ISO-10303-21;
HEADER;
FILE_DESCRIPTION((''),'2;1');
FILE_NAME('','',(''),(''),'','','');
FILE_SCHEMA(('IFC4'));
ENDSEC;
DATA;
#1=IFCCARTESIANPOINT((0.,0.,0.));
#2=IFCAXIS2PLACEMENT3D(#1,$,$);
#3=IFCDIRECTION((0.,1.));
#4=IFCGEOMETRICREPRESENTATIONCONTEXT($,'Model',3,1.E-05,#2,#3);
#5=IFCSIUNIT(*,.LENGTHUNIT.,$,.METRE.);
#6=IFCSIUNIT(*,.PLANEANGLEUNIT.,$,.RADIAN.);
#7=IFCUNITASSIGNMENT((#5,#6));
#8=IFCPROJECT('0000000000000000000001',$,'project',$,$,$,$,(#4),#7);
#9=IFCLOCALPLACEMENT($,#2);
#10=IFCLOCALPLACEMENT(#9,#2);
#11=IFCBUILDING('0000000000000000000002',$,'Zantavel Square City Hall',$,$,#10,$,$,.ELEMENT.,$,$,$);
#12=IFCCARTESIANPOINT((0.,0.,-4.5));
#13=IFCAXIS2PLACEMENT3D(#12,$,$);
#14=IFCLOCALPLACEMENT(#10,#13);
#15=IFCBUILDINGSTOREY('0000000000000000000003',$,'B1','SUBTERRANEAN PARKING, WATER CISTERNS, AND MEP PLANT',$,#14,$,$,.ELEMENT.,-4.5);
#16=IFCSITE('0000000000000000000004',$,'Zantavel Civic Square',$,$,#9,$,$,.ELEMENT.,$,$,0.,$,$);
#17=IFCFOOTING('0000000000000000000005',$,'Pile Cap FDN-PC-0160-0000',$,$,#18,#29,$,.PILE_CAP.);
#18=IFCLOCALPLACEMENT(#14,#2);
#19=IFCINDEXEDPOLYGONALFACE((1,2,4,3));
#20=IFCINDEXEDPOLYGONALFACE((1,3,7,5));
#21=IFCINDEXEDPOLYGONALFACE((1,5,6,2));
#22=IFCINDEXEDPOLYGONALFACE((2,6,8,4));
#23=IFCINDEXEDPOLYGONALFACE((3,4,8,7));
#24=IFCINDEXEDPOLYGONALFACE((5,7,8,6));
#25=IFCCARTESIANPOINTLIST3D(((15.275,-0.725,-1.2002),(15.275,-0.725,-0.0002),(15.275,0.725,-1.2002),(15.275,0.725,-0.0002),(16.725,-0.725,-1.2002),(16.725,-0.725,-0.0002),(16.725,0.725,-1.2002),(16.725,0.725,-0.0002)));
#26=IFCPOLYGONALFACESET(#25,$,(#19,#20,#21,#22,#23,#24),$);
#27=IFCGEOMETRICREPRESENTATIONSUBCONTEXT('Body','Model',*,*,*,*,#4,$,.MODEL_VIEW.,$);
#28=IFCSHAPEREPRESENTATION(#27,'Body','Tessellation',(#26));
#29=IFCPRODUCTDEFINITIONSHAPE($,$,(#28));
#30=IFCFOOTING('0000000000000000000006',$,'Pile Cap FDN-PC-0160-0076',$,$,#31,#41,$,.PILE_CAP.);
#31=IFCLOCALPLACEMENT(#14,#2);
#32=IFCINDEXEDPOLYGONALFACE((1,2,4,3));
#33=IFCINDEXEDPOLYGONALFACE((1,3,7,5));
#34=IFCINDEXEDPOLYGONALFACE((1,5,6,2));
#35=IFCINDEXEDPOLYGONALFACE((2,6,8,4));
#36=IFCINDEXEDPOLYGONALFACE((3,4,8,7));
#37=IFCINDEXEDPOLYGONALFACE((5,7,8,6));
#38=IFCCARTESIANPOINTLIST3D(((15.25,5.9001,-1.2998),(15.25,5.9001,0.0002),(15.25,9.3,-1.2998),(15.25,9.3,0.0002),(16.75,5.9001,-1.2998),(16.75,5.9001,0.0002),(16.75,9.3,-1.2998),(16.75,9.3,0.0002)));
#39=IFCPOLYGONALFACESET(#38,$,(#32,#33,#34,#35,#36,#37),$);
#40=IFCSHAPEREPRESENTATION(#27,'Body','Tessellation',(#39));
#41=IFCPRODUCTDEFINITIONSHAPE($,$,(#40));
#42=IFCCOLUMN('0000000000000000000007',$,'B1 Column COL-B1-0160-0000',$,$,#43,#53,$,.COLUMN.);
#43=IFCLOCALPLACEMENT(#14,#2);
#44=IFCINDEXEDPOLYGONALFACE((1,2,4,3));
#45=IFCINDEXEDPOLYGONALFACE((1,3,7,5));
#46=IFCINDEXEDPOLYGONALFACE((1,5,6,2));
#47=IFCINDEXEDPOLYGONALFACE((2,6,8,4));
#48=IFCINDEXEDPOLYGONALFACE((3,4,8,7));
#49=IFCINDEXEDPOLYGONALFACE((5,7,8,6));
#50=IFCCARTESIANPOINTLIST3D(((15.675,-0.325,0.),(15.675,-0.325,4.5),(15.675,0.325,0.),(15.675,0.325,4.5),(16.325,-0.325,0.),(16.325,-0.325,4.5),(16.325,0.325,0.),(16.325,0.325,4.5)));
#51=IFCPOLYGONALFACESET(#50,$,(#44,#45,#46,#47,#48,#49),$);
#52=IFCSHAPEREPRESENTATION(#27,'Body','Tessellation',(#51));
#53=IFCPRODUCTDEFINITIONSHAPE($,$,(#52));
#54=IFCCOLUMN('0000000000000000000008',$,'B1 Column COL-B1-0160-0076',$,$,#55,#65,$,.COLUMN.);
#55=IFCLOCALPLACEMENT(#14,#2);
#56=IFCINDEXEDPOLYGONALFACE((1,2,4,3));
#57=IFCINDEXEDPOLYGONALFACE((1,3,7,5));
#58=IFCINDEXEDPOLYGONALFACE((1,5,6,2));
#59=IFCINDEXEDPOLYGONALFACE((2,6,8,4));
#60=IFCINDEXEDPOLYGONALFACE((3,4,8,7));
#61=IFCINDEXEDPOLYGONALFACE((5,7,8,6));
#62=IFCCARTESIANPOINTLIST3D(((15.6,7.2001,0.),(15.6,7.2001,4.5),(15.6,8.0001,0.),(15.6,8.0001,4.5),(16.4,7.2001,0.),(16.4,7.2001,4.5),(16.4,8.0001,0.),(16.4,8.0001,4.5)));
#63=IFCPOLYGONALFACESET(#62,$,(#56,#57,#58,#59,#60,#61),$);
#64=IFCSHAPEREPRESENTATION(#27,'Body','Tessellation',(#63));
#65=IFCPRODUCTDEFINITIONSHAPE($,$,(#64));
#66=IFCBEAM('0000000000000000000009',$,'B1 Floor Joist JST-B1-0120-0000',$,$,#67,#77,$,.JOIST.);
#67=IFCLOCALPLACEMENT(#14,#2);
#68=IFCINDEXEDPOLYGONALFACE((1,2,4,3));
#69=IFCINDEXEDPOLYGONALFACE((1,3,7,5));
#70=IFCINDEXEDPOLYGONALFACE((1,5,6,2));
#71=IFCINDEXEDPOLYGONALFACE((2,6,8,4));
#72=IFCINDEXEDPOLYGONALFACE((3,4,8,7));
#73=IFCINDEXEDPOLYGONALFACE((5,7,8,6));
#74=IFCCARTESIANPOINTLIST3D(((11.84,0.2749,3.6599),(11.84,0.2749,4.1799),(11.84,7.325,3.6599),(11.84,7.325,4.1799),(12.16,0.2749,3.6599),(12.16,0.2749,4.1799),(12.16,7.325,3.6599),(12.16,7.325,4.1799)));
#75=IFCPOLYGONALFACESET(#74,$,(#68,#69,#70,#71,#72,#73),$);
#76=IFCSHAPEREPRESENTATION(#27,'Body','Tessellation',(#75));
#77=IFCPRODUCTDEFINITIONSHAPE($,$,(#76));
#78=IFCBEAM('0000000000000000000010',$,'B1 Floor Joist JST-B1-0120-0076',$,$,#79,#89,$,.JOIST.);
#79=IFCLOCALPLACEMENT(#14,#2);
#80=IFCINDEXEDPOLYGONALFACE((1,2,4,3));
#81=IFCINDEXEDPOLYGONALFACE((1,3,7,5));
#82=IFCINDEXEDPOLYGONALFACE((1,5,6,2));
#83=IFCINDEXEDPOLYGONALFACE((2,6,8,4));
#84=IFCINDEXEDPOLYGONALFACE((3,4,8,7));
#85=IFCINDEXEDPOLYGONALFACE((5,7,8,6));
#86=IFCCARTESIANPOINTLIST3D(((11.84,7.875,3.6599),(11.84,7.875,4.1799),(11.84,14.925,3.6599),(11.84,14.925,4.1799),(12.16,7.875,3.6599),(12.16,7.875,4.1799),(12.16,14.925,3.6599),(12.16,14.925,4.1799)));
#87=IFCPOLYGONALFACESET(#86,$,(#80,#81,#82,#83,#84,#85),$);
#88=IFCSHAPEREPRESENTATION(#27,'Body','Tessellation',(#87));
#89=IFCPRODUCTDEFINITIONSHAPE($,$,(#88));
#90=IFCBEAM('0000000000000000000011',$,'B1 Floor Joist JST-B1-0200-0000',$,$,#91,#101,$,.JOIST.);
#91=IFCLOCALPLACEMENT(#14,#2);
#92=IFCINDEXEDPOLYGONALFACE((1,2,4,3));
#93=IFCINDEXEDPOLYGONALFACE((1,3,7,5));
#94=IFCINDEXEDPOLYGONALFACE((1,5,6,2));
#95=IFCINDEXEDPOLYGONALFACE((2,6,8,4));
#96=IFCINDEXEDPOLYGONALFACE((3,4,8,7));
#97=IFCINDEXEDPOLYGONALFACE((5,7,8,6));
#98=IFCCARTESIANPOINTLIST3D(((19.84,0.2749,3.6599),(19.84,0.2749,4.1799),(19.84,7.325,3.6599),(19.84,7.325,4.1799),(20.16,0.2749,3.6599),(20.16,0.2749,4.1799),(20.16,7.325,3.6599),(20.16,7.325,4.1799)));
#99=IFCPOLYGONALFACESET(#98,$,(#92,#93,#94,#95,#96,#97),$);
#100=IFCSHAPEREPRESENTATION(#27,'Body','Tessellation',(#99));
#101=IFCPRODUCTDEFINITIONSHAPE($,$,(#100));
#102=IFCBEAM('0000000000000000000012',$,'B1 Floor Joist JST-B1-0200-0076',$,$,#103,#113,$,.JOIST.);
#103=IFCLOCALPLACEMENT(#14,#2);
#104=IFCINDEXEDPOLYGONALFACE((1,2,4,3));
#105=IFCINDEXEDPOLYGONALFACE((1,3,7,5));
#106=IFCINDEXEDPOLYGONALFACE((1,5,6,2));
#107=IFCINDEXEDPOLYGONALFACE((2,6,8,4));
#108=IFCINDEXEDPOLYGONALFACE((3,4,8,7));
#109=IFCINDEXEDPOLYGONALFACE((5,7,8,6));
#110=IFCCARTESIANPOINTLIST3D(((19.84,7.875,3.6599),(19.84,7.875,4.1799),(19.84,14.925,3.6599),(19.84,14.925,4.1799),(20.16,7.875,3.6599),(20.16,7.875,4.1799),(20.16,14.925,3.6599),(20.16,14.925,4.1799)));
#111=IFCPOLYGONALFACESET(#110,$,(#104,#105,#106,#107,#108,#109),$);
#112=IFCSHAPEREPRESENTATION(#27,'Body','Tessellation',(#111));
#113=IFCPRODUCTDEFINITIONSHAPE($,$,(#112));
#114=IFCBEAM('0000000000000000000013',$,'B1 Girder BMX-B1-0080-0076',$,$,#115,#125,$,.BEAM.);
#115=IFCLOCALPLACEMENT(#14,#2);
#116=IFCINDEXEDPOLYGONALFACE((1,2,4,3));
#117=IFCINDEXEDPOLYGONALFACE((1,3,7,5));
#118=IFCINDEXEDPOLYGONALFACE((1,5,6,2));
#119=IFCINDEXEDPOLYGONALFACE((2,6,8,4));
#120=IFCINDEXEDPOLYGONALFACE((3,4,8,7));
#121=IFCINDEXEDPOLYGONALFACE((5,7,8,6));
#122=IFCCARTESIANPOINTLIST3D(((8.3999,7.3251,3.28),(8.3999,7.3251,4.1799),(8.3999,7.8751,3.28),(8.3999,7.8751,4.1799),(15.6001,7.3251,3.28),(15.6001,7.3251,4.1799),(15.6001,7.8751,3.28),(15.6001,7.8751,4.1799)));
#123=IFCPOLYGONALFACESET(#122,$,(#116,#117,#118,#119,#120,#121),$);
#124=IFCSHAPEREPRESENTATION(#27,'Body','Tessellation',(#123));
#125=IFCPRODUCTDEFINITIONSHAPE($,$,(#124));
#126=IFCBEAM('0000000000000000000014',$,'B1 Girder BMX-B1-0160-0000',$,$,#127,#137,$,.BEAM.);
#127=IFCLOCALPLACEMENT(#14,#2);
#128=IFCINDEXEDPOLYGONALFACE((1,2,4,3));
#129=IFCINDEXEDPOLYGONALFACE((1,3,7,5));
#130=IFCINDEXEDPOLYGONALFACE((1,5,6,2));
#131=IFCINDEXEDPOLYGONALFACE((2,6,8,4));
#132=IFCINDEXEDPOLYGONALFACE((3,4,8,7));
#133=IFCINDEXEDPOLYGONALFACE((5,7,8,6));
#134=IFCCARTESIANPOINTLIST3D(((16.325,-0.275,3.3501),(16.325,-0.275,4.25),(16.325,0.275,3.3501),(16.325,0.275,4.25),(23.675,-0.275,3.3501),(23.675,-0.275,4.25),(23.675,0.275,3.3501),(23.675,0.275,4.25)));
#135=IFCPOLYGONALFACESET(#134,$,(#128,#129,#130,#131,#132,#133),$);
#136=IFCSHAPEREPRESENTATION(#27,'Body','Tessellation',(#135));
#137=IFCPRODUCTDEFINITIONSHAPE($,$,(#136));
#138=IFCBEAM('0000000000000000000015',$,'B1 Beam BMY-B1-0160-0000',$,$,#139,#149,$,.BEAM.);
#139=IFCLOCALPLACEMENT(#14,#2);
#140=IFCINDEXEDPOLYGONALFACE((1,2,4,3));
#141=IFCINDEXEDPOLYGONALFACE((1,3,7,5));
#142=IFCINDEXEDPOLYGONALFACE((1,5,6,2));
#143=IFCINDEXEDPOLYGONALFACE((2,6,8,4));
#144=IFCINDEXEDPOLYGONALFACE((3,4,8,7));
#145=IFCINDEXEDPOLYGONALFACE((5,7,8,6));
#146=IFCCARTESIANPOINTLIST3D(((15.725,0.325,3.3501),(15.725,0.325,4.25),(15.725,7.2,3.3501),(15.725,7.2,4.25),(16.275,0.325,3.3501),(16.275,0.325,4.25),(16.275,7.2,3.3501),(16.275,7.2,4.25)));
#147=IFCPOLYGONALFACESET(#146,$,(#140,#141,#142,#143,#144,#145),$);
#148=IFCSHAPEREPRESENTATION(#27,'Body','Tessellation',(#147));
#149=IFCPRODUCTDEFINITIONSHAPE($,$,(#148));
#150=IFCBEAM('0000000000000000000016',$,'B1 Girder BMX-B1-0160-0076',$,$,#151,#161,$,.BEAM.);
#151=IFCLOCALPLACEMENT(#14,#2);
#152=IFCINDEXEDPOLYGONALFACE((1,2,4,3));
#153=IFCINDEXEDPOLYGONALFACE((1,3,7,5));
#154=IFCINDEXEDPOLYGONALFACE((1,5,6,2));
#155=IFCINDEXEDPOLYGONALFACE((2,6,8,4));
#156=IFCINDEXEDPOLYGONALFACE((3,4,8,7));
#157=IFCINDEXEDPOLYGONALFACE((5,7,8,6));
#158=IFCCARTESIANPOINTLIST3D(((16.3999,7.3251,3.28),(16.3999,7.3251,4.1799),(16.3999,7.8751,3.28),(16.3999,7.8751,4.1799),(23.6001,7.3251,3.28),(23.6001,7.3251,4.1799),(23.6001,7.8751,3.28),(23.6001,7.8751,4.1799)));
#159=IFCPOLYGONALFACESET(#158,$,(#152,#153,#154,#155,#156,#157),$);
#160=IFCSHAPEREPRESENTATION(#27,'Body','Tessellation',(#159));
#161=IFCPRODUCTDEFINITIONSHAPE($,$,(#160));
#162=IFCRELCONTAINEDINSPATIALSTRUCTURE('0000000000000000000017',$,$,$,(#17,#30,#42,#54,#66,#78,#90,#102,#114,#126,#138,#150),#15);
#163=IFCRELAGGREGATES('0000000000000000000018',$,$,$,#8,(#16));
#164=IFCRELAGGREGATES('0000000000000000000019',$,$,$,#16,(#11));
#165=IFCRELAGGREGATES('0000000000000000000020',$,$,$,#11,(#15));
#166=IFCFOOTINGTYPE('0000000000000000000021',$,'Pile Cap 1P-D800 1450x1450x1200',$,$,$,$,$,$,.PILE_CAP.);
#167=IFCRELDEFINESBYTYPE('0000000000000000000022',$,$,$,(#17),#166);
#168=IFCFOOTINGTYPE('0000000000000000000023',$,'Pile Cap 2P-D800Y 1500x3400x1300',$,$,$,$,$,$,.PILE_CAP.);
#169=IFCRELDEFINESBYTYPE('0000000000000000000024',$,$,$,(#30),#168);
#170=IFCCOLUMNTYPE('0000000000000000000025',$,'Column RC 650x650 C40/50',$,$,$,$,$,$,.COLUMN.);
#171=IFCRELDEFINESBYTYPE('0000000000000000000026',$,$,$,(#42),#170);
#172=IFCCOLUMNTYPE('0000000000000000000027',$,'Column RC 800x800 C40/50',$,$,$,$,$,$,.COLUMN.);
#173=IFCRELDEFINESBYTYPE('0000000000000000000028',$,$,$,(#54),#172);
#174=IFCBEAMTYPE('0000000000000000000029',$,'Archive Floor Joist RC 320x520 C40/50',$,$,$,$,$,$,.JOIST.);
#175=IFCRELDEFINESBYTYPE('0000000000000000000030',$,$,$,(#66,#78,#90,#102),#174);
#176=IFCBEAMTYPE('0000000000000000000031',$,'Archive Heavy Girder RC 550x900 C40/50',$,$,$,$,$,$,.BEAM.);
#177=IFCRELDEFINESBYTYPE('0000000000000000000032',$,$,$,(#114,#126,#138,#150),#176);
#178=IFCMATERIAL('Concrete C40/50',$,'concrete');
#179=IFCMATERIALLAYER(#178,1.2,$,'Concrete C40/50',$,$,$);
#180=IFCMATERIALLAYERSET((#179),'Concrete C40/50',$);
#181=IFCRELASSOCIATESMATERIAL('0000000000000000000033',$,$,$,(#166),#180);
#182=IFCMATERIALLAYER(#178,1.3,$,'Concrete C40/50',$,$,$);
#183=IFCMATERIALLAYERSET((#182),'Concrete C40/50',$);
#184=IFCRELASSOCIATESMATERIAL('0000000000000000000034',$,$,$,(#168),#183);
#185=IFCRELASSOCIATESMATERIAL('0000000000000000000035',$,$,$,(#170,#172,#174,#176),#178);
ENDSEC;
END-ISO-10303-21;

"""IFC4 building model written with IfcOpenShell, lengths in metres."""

from ifc_helpers import new_model, si_unit, direction, frame, origin, origin_2d, place, context, subcontext, project, spatial, rectangle, extrude, material, layer, layer_set, material_profile, profile_set, type_object, element, save


model = new_model("IFC4")

# Units and contexts
model_context = context("Model", 3, precision=1e-05, world=origin(), true_north=direction((0.0, 1.0)))
body_context = subcontext(model_context, "Body", "Model", "MODEL_VIEW")
ifc_project = project(units=[si_unit("LENGTHUNIT", "METRE"), si_unit("PLANEANGLEUNIT", "RADIAN")], contexts=[model_context])

# Site, building, storey
site_placement = place(None, origin())
site = spatial("IfcSite", under=ifc_project, at=site_placement, Name="Zantavel Civic Square", CompositionType="ELEMENT", RefElevation=0.0)
building_placement = place(site_placement, origin())
building = spatial("IfcBuilding", under=site, at=building_placement, Name="Zantavel Square City Hall", CompositionType="ELEMENT")
storey_placement = place(building_placement, frame((0.0, 0.0, -4.5)))
storey = spatial("IfcBuildingStorey", under=building, at=storey_placement, Name="B1", Description="SUBTERRANEAN PARKING, WATER CISTERNS, AND MEP PLANT", CompositionType="ELEMENT", Elevation=-4.5)

# Footings
ifc_material_1 = material(Name="Concrete C40/50", Category="concrete")
ifc_layer_1 = layer(ifc_material_1, 1.2, Name="Concrete C40/50")
ifc_layer_set_1 = layer_set([ifc_layer_1], Name="Concrete C40/50")
footing_type_1 = type_object("IfcFootingType", Name="Pile Cap 1P-D800 1450x1450x1200", PredefinedType="PILE_CAP", material=ifc_layer_set_1)
footing_1_placement = place(storey_placement, frame((16.0, 0.0, -1.2002), z_axis=(0.0, 0.0, 1.0), x_axis=(1.0, 0.0, 0.0)))
element("IfcFooting", 1, at=footing_1_placement, inside=storey, type_object=footing_type_1, Name="Pile Cap FDN-PC-0160-0000", PredefinedType="PILE_CAP", context=body_context, shape_type="SweptSolid", body=[
    extrude(rectangle(XDim=1.45, YDim=1.45, at=origin_2d()), origin(), (0.0, 0.0, 1.0), 1.2),
])
ifc_layer_2 = layer(ifc_material_1, 1.3, Name="Concrete C40/50")
ifc_layer_set_2 = layer_set([ifc_layer_2], Name="Concrete C40/50")
footing_type_2 = type_object("IfcFootingType", Name="Pile Cap 2P-D800Y 1500x3400x1300", PredefinedType="PILE_CAP", material=ifc_layer_set_2)
footing_2_placement = place(storey_placement, frame((16.0, 7.6001, -1.2998), z_axis=(0.0, 0.0, 1.0), x_axis=(1.0, 0.0, 0.0)))
element("IfcFooting", 2, at=footing_2_placement, inside=storey, type_object=footing_type_2, Name="Pile Cap FDN-PC-0160-0076", PredefinedType="PILE_CAP", context=body_context, shape_type="SweptSolid", body=[
    extrude(rectangle(XDim=1.5, YDim=3.3999, at=origin_2d()), origin(), (0.0, 0.0, 1.0), 1.3),
])

# Columns
ifc_material_profile_1 = material_profile(ifc_material_1, rectangle(XDim=0.6499, YDim=0.6499, at=origin_2d()), Name="RC 650x650")
ifc_profile_set_1 = profile_set([ifc_material_profile_1], Name="Concrete C40/50")
column_type_1 = type_object("IfcColumnType", Name="Column RC 650x650 C40/50", PredefinedType="COLUMN", material=ifc_profile_set_1)
column_1_placement = place(storey_placement, frame((16.0, 0.0, 0.0), z_axis=(0.0, 0.0, 1.0), x_axis=(1.0, 0.0, 0.0)))
element("IfcColumn", 3, at=column_1_placement, inside=storey, type_object=column_type_1, Name="B1 Column COL-B1-0160-0000", PredefinedType="COLUMN", context=body_context, shape_type="SweptSolid", body=[
    extrude(rectangle(XDim=0.6499, YDim=0.6499, at=origin_2d()), origin(), (0.0, 0.0, 1.0), 4.5),
])
ifc_material_profile_2 = material_profile(ifc_material_1, rectangle(XDim=0.8, YDim=0.8, at=origin_2d()), Name="RC 800x800")
ifc_profile_set_2 = profile_set([ifc_material_profile_2], Name="Concrete C40/50")
column_type_2 = type_object("IfcColumnType", Name="Column RC 800x800 C40/50", PredefinedType="COLUMN", material=ifc_profile_set_2)
column_2_placement = place(storey_placement, frame((16.0, 7.6001, 0.0), z_axis=(0.0, 0.0, 1.0), x_axis=(1.0, 0.0, 0.0)))
element("IfcColumn", 4, at=column_2_placement, inside=storey, type_object=column_type_2, Name="B1 Column COL-B1-0160-0076", PredefinedType="COLUMN", context=body_context, shape_type="SweptSolid", body=[
    extrude(rectangle(XDim=0.8, YDim=0.8, at=origin_2d()), origin(), (0.0, 0.0, 1.0), 4.5),
])

# Beams
ifc_material_profile_3 = material_profile(ifc_material_1, rectangle(XDim=0.3201, YDim=0.52, at=origin_2d()), Name="RC 320x520")
ifc_profile_set_3 = profile_set([ifc_material_profile_3], Name="Concrete C40/50")
beam_type_1 = type_object("IfcBeamType", Name="Archive Floor Joist RC 320x520 C40/50", PredefinedType="JOIST", material=ifc_profile_set_3)
for number, where, z_axis, x_axis, name in (
    (5, (12.0, 0.2749, 3.9199), (0.0, 1.0, 0.0), (-1.0, 0.0, 0.0), "B1 Floor Joist JST-B1-0120-0000"),
    (6, (12.0, 7.875, 3.9199), (0.0, 1.0, 0.0), (-1.0, 0.0, 0.0), "B1 Floor Joist JST-B1-0120-0076"),
    (7, (20.0, 0.2749, 3.9199), (0.0, 1.0, 0.0), (-1.0, 0.0, 0.0), "B1 Floor Joist JST-B1-0200-0000"),
    (8, (20.0, 7.875, 3.9199), (0.0, 1.0, 0.0), (-1.0, 0.0, 0.0), "B1 Floor Joist JST-B1-0200-0076"),
):
    element("IfcBeam", number, at=place(storey_placement, frame(where, z_axis=z_axis, x_axis=x_axis)), inside=storey, type_object=beam_type_1, Name=name, PredefinedType="JOIST", context=body_context, shape_type="SweptSolid", body=[
        extrude(rectangle(XDim=0.3201, YDim=0.52, at=origin_2d()), origin(), (0.0, 0.0, 1.0), 7.05),
    ])
ifc_material_profile_4 = material_profile(ifc_material_1, rectangle(XDim=0.55, YDim=0.8999, at=origin_2d()), Name="RC 550x900")
ifc_profile_set_4 = profile_set([ifc_material_profile_4], Name="Concrete C40/50")
beam_type_2 = type_object("IfcBeamType", Name="Archive Heavy Girder RC 550x900 C40/50", PredefinedType="BEAM", material=ifc_profile_set_4)
beam_1_placement = place(storey_placement, frame((8.3999, 7.6001, 3.73), z_axis=(1.0, 0.0, 0.0), x_axis=(0.0, 1.0, 0.0)))
element("IfcBeam", 9, at=beam_1_placement, inside=storey, type_object=beam_type_2, Name="B1 Girder BMX-B1-0080-0076", PredefinedType="BEAM", context=body_context, shape_type="SweptSolid", body=[
    extrude(rectangle(XDim=0.55, YDim=0.8999, at=origin_2d()), origin(), (0.0, 0.0, 1.0), 7.2002),
])
beam_2_placement = place(storey_placement, frame((16.325, 0.0, 3.8), z_axis=(1.0, 0.0, 0.0), x_axis=(0.0, 1.0, 0.0)))
element("IfcBeam", 10, at=beam_2_placement, inside=storey, type_object=beam_type_2, Name="B1 Girder BMX-B1-0160-0000", PredefinedType="BEAM", context=body_context, shape_type="SweptSolid", body=[
    extrude(rectangle(XDim=0.55, YDim=0.8999, at=origin_2d()), origin(), (0.0, 0.0, 1.0), 7.3501),
])
beam_3_placement = place(storey_placement, frame((16.0, 0.325, 3.8), z_axis=(0.0, 1.0, 0.0), x_axis=(-1.0, 0.0, 0.0)))
element("IfcBeam", 11, at=beam_3_placement, inside=storey, type_object=beam_type_2, Name="B1 Beam BMY-B1-0160-0000", PredefinedType="BEAM", context=body_context, shape_type="SweptSolid", body=[
    extrude(rectangle(XDim=0.55, YDim=0.8999, at=origin_2d()), origin(), (0.0, 0.0, 1.0), 6.875),
])
beam_4_placement = place(storey_placement, frame((16.3999, 7.6001, 3.73), z_axis=(1.0, 0.0, 0.0), x_axis=(0.0, 1.0, 0.0)))
element("IfcBeam", 12, at=beam_4_placement, inside=storey, type_object=beam_type_2, Name="B1 Girder BMX-B1-0160-0076", PredefinedType="BEAM", context=body_context, shape_type="SweptSolid", body=[
    extrude(rectangle(XDim=0.55, YDim=0.8999, at=origin_2d()), origin(), (0.0, 0.0, 1.0), 7.2002),
])

save(model, "model.ifc")
